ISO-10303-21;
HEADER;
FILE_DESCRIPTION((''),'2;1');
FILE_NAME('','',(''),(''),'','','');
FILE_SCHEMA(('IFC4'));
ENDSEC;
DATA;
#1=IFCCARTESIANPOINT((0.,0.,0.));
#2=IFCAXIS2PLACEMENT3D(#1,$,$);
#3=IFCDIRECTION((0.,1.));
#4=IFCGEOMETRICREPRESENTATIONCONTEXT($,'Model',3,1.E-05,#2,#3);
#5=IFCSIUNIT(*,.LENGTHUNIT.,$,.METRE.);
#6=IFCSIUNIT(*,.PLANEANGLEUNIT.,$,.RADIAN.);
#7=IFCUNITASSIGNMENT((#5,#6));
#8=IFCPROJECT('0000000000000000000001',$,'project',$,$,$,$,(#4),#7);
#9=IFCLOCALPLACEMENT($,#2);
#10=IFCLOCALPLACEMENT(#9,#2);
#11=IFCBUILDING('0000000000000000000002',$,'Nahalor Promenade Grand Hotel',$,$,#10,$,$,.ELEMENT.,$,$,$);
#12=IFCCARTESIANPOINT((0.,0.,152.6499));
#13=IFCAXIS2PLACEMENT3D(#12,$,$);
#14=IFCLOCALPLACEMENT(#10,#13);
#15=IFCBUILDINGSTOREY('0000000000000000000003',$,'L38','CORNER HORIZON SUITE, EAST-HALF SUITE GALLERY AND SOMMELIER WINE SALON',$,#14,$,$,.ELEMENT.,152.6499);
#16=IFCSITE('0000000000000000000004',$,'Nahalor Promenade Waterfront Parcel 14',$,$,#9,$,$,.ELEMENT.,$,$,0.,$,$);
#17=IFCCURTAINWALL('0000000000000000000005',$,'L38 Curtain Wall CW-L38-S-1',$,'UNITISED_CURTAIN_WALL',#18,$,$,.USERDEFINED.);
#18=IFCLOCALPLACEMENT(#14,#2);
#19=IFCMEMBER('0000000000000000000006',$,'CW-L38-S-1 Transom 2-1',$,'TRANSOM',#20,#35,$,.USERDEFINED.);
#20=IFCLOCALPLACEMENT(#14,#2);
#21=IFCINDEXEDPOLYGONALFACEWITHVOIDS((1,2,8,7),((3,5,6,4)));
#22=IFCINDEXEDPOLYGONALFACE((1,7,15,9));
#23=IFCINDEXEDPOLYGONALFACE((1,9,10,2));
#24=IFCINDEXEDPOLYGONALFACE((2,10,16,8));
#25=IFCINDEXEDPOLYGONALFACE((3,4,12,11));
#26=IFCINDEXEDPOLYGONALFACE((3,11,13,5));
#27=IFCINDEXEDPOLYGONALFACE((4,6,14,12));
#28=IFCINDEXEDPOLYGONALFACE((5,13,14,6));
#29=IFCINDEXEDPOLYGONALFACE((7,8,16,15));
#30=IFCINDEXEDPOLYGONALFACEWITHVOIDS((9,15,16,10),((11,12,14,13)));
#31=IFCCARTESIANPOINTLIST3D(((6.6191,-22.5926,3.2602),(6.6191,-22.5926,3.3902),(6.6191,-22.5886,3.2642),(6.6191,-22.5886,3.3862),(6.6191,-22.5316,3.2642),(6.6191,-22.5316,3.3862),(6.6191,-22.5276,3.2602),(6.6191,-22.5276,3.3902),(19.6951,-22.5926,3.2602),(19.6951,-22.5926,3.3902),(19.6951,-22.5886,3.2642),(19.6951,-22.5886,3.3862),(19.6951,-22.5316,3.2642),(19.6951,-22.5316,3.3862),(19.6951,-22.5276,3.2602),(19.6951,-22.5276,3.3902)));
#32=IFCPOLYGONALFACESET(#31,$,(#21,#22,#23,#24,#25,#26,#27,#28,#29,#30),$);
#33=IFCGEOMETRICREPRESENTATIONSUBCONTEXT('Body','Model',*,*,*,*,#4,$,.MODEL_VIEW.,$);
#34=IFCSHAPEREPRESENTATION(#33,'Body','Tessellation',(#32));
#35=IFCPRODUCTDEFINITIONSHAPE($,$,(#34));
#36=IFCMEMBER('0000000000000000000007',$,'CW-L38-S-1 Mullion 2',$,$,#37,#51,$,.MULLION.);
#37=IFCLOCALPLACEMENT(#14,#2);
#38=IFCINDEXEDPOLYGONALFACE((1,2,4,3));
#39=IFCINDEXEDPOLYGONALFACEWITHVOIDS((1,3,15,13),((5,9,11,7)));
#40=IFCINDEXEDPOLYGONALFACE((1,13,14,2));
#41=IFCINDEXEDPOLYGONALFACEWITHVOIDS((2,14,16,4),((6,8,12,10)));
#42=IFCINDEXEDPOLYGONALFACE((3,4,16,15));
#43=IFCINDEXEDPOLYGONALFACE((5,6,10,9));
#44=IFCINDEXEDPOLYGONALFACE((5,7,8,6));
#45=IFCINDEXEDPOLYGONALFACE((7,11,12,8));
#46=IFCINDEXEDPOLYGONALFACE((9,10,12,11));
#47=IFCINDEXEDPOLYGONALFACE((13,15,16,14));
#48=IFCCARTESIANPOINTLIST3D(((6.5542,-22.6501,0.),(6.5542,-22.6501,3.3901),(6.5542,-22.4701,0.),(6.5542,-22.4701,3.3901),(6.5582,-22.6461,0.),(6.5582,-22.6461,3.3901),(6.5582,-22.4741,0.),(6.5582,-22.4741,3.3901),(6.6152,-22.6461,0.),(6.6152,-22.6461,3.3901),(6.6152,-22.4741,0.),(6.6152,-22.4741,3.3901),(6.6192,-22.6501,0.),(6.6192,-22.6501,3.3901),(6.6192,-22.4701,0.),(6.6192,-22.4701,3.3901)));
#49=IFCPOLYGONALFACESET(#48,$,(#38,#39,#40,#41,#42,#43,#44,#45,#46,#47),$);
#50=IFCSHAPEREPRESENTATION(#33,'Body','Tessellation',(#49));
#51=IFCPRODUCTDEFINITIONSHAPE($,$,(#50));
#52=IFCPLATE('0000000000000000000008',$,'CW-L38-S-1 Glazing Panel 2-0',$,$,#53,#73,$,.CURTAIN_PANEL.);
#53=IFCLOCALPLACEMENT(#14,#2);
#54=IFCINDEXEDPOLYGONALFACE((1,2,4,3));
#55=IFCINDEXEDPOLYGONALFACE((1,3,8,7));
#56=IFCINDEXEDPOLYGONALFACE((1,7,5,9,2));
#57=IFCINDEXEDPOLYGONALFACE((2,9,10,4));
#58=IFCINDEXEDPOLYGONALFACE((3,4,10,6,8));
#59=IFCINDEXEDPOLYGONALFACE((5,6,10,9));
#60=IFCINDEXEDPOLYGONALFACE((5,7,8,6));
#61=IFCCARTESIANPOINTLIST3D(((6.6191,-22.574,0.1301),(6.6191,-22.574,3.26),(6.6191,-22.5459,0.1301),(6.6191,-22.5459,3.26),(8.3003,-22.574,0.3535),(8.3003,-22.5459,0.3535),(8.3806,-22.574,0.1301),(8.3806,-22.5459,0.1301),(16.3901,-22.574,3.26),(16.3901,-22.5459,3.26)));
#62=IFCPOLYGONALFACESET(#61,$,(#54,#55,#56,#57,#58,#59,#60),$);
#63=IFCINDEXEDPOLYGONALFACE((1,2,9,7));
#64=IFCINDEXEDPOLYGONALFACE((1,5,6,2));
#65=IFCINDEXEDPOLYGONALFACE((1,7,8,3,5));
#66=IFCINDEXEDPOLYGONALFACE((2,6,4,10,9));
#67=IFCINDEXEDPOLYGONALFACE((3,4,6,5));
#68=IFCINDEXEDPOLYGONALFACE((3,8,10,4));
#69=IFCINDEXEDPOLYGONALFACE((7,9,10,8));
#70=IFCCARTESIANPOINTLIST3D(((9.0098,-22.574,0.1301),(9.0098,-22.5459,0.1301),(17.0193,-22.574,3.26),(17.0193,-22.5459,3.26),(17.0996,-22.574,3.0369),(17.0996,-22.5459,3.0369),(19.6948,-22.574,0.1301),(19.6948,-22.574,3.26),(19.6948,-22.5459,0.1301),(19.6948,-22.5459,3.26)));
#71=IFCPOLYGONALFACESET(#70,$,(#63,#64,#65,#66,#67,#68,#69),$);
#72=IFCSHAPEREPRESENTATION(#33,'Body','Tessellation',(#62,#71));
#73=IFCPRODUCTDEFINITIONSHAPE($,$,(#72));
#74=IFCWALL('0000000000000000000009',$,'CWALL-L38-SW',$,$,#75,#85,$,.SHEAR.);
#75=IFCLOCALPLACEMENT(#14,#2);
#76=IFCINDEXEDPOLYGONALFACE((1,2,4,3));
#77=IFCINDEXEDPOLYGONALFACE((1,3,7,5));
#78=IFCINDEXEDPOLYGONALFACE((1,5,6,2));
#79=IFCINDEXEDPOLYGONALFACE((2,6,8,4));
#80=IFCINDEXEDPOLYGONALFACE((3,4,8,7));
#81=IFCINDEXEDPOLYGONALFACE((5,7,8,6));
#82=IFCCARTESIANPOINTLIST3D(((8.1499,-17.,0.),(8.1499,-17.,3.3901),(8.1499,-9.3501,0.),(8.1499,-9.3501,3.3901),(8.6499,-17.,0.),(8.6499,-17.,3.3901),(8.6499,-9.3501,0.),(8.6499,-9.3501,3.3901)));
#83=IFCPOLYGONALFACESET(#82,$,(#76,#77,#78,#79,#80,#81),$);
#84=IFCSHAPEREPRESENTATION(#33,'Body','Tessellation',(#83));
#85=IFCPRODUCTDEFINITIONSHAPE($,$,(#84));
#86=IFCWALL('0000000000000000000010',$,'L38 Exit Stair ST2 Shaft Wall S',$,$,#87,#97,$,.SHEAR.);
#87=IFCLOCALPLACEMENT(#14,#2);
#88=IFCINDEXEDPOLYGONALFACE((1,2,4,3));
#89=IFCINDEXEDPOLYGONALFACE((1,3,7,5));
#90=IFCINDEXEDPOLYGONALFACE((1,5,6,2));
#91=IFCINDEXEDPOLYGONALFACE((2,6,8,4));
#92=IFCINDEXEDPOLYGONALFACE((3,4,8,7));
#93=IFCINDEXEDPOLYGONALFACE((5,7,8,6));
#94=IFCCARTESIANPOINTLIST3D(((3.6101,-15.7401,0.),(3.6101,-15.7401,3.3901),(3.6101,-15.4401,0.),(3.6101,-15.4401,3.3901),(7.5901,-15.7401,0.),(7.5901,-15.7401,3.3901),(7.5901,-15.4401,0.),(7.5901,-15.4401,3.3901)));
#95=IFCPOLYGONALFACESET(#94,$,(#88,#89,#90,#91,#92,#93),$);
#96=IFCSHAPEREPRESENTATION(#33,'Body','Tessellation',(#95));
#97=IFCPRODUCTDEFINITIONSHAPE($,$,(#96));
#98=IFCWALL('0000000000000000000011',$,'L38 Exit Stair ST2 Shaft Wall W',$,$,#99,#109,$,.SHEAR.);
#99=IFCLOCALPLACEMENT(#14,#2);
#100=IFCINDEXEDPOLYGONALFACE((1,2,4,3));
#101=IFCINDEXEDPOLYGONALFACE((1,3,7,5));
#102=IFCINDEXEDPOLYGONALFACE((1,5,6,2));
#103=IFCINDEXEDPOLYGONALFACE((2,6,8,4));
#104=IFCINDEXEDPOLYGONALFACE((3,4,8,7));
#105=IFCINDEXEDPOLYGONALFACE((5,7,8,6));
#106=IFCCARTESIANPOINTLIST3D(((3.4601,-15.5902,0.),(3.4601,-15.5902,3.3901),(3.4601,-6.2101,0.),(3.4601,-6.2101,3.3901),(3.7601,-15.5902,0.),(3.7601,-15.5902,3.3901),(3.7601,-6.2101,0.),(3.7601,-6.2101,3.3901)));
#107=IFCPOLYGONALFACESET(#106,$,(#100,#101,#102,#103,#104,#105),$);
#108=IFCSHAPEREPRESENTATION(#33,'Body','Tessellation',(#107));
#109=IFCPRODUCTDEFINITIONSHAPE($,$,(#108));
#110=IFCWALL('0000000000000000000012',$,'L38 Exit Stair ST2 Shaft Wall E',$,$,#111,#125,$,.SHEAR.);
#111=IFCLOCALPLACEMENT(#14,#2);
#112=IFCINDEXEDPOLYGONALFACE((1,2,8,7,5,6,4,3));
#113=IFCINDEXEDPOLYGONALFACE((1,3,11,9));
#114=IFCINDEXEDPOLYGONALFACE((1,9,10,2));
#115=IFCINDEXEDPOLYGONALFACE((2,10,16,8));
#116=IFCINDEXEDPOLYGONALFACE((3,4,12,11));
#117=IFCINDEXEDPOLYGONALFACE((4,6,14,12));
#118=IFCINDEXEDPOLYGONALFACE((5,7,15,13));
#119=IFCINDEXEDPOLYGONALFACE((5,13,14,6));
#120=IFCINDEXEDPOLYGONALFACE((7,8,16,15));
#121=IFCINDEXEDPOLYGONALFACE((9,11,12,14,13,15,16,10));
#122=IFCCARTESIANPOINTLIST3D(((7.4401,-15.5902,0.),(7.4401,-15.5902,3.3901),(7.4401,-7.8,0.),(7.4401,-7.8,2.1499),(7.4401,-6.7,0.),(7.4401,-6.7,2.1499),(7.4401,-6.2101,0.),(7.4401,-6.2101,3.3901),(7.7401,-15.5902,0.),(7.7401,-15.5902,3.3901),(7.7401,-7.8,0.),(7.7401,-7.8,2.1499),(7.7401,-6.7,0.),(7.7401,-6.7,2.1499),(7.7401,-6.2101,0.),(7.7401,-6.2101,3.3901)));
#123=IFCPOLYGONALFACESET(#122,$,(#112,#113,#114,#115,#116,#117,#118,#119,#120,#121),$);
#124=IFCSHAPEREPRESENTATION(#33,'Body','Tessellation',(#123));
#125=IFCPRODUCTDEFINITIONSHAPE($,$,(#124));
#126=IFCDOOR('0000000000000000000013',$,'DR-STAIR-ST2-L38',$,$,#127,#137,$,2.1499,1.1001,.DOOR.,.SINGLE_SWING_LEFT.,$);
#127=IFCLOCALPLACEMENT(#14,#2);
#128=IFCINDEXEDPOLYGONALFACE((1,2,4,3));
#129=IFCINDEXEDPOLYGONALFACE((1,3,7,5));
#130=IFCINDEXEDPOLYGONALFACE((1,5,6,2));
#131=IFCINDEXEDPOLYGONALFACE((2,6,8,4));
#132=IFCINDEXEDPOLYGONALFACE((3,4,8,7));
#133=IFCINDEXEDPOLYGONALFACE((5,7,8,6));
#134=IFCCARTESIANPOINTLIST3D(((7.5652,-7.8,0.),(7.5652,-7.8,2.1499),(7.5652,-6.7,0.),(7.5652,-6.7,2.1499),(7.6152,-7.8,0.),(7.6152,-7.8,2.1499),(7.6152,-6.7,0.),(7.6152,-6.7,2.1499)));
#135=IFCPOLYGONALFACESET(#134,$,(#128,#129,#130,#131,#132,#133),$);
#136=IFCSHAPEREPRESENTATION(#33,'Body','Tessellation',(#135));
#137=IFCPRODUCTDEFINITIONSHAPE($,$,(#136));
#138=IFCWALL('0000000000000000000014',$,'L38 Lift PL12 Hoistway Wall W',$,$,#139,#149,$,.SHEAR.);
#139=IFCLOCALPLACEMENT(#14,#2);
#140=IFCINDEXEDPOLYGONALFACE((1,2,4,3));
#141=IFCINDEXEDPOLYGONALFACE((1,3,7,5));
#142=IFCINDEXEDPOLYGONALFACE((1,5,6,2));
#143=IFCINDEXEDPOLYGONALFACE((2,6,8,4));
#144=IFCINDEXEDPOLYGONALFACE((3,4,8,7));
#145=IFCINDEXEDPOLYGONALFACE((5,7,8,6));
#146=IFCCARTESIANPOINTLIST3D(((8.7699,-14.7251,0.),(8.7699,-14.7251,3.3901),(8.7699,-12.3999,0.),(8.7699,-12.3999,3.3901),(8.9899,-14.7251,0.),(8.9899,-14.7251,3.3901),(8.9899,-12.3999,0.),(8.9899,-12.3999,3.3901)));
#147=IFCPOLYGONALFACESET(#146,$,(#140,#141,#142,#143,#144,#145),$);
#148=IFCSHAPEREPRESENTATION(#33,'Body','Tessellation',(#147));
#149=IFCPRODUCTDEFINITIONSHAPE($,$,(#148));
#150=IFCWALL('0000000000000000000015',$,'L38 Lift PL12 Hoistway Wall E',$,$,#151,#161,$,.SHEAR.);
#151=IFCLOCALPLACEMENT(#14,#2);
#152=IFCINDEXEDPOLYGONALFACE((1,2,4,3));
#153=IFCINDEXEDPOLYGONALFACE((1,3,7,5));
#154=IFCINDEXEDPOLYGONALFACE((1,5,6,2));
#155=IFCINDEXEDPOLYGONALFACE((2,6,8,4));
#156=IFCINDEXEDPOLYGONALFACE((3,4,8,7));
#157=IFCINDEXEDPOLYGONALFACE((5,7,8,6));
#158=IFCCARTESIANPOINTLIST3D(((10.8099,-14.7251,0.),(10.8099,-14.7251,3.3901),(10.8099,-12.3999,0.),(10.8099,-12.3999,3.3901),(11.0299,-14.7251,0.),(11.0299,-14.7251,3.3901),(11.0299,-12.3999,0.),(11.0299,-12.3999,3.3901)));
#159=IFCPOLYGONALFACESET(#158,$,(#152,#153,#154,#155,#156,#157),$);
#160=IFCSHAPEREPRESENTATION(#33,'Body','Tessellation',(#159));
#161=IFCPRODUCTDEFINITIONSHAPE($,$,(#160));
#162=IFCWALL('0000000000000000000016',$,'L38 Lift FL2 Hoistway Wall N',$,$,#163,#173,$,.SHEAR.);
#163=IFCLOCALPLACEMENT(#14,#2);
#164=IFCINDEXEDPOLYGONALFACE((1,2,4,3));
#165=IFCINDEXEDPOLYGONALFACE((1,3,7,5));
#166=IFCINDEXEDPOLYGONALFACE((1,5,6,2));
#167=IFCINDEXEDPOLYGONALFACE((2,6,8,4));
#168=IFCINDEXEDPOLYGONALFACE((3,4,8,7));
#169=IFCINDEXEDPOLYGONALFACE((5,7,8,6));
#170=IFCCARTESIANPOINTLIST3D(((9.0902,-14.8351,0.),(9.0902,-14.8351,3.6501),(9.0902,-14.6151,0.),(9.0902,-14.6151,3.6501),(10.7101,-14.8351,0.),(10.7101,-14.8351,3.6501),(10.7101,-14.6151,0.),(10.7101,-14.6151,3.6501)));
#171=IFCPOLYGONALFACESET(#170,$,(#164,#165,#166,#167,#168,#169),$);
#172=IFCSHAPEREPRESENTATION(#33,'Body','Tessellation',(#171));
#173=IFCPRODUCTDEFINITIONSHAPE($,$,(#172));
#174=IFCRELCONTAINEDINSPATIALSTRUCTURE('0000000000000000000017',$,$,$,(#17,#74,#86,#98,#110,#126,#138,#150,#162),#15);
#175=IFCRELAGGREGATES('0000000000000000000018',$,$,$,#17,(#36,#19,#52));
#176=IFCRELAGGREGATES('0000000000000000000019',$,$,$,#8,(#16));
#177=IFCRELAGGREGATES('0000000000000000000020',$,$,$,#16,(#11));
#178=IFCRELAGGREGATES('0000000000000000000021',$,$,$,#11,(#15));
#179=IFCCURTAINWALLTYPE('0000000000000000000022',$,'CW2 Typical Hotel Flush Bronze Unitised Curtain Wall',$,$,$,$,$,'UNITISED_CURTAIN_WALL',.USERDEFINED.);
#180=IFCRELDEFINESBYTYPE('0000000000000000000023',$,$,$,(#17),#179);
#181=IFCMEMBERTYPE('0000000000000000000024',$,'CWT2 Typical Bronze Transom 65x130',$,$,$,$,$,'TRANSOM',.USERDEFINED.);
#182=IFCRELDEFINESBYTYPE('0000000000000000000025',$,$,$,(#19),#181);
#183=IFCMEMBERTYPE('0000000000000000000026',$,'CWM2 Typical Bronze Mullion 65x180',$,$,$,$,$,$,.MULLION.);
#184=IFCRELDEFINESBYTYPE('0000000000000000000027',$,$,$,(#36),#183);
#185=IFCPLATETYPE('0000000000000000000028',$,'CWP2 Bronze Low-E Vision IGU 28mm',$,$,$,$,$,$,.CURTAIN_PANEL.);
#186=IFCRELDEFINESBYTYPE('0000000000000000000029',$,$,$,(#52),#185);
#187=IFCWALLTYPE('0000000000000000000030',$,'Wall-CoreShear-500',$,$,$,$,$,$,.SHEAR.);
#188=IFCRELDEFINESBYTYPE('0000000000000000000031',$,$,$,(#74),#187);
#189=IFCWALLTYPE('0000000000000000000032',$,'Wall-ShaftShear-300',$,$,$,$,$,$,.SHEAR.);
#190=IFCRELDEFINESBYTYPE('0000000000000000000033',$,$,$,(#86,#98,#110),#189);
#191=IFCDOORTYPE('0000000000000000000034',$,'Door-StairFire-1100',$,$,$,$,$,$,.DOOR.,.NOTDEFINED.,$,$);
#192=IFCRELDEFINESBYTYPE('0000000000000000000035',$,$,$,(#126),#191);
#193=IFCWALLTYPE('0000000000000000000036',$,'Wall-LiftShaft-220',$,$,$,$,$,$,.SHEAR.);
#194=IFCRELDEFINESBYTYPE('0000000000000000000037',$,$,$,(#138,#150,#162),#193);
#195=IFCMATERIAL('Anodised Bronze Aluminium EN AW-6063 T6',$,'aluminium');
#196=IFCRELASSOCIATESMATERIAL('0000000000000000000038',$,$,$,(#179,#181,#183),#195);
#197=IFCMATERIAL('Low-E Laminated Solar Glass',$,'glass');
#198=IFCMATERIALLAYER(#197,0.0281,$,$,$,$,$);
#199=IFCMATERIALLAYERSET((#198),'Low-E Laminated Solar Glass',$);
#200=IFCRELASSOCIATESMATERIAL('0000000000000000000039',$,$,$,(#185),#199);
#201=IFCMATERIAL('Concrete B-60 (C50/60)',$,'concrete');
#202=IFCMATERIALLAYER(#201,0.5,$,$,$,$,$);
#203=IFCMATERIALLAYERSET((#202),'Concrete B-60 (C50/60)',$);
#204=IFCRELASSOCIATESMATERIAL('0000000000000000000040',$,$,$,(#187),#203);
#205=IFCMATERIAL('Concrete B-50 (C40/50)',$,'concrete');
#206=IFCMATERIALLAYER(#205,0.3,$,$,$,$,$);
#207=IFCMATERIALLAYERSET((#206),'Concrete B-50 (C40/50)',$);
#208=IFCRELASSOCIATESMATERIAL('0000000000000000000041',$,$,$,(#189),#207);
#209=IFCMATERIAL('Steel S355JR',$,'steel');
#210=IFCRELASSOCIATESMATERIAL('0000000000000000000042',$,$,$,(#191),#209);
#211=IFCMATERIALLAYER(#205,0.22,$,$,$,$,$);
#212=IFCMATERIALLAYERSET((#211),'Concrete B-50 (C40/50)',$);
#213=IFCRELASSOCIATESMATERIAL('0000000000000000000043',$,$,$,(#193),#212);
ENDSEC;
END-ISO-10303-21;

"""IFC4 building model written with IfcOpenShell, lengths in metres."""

from ifc_helpers import new_model, si_unit, direction, frame, frame_2d, origin, origin_2d, place, context, subcontext, project, spatial, polyline, rectangle, hollow_rectangle, outline, extrude, source, transform, mapped, material, layer, layer_set, material_profile, profile_set, type_object, element, fill, aggregate, save


model = new_model("IFC4")

# Units and contexts
model_context = context("Model", 3, precision=1e-05, world=origin(), true_north=direction((0.0, 1.0)))
body_context = subcontext(model_context, "Body", "Model", "MODEL_VIEW")
ifc_project = project(units=[si_unit("LENGTHUNIT", "METRE"), si_unit("PLANEANGLEUNIT", "RADIAN")], contexts=[model_context])

# Site, building, storey
site_placement = place(None, origin())
site = spatial("IfcSite", under=ifc_project, at=site_placement, Name="Nahalor Promenade Waterfront Parcel 14", CompositionType="ELEMENT", RefElevation=0.0)
building_placement = place(site_placement, origin())
building = spatial("IfcBuilding", under=site, at=building_placement, Name="Nahalor Promenade Grand Hotel", CompositionType="ELEMENT")
storey_placement = place(building_placement, frame((0.0, 0.0, 152.6499)))
storey = spatial("IfcBuildingStorey", under=building, at=storey_placement, Name="L38", Description="CORNER HORIZON SUITE, EAST-HALF SUITE GALLERY AND SOMMELIER WINE SALON", CompositionType="ELEMENT", Elevation=152.6499)

# Shared definitions
ifc_material_1 = material(Name="Concrete B-60 (C50/60)", Category="concrete")

# Shared definitions
ifc_material_2 = material(Name="Steel S355JR", Category="steel")

# Curtain wall, members, plate
ifc_material_3 = material(Name="Anodised Bronze Aluminium EN AW-6063 T6", Category="aluminium")
curtain_wall_type = type_object("IfcCurtainWallType", Name="CW2 Typical Hotel Flush Bronze Unitised Curtain Wall", ElementType="UNITISED_CURTAIN_WALL", PredefinedType="USERDEFINED", material=ifc_material_3)
curtain_wall_placement = place(storey_placement, origin())
curtain_wall = element("IfcCurtainWall", 1, at=curtain_wall_placement, inside=storey, type_object=curtain_wall_type, Name="L38 Curtain Wall CW-L38-S-1", ObjectType="UNITISED_CURTAIN_WALL", PredefinedType="USERDEFINED")
ifc_material_profile_1 = material_profile(ifc_material_3, hollow_rectangle(XDim=0.065, YDim=0.13, WallThickness=0.004, at=origin_2d()), Name="CWT 65x130x4")
ifc_profile_set_1 = profile_set([ifc_material_profile_1], Name="Anodised Bronze Aluminium EN AW-6063 T6")
member_type_1 = type_object("IfcMemberType", Name="CWT2 Typical Bronze Transom 65x130", ElementType="TRANSOM", PredefinedType="USERDEFINED", material=ifc_profile_set_1)
shared_shape_1 = source(origin(), body_context, "Body", "SweptSolid", [
    extrude(hollow_rectangle(XDim=0.065, YDim=0.13, WallThickness=0.004, at=origin_2d()), origin(), (0.0, 0.0, 1.0), 13.0759),
])
member_1_placement = place(storey_placement, frame((6.6191, -22.5601, 3.3252), z_axis=(1.0, 0.0, 0.0), x_axis=(0.0, 1.0, 0.0)))
member_1 = element("IfcMember", 2, at=member_1_placement, type_object=member_type_1, Name="CW-L38-S-1 Transom 2-1", ObjectType="TRANSOM", PredefinedType="USERDEFINED", context=body_context, shape_type="MappedRepresentation", body=[
    mapped(shared_shape_1, transform((0.0, 0.0, 0.0), scale=1.0)),
])
ifc_material_profile_2 = material_profile(ifc_material_3, hollow_rectangle(XDim=0.065, YDim=0.18, WallThickness=0.004, at=origin_2d()), Name="CWM 65x180x4")
ifc_profile_set_2 = profile_set([ifc_material_profile_2], Name="Anodised Bronze Aluminium EN AW-6063 T6")
member_type_2 = type_object("IfcMemberType", Name="CWM2 Typical Bronze Mullion 65x180", PredefinedType="MULLION", material=ifc_profile_set_2)
shared_shape_2 = source(origin(), body_context, "Body", "SweptSolid", [
    extrude(hollow_rectangle(XDim=0.065, YDim=0.18, WallThickness=0.004, at=origin_2d()), origin(), (0.0, 0.0, 1.0), 3.3901),
])
member_2_placement = place(storey_placement, frame((6.5867, -22.5601, 0.0), z_axis=(0.0, 0.0, 1.0), x_axis=(1.0, 0.0, 0.0)))
member_2 = element("IfcMember", 3, at=member_2_placement, type_object=member_type_2, Name="CW-L38-S-1 Mullion 2", PredefinedType="MULLION", context=body_context, shape_type="MappedRepresentation", body=[
    mapped(shared_shape_2, transform((0.0, 0.0, 0.0), scale=1.0)),
])
ifc_material_4 = material(Name="Low-E Laminated Solar Glass", Category="glass")
ifc_layer_1 = layer(ifc_material_4, 0.0281)
ifc_layer_set_1 = layer_set([ifc_layer_1], Name="Low-E Laminated Solar Glass")
plate_type = type_object("IfcPlateType", Name="CWP2 Bronze Low-E Vision IGU 28mm", PredefinedType="CURTAIN_PANEL", material=ifc_layer_set_1)
plate_placement = place(storey_placement, frame((13.157, -22.5601, 0.1301), z_axis=(0.0, 0.0, 1.0), x_axis=(1.0, 0.0, 0.0)))
plate = element("IfcPlate", 4, at=plate_placement, type_object=plate_type, Name="CW-L38-S-1 Glazing Panel 2-0", PredefinedType="CURTAIN_PANEL", context=body_context, shape_type="SweptSolid", body=[
    extrude(outline(polyline([(-6.5378, 3.1299), (-6.5378, 0.0), (-4.7764, 0.0), (-4.8567, 0.2234), (3.2332, 3.1299), (-6.5378, 3.1299)])), frame((0.0, 0.0142, 0.0), z_axis=(0.0, -1.0, 0.0), x_axis=(1.0, 0.0, 0.0)), (0.0, 0.0, 1.0), 0.0281),
    extrude(outline(polyline([(6.5378, 0.0), (6.5378, 3.1299), (3.8623, 3.1299), (3.9426, 2.9067), (-4.1472, 0.0), (6.5378, 0.0)])), frame((0.0, 0.0142, 0.0), z_axis=(0.0, -1.0, 0.0), x_axis=(1.0, 0.0, 0.0)), (0.0, 0.0, 1.0), 0.0281),
])
aggregate(curtain_wall, [member_2, member_1, plate])

# Walls
ifc_layer_2 = layer(ifc_material_1, 0.5)
ifc_layer_set_2 = layer_set([ifc_layer_2], Name="Concrete B-60 (C50/60)")
wall_type_1 = type_object("IfcWallType", Name="Wall-CoreShear-500", PredefinedType="SHEAR", material=ifc_layer_set_2)
shared_shape_3 = source(origin(), body_context, "Body", "SweptSolid", [
    extrude(rectangle(XDim=7.6499, YDim=0.5, at=frame_2d((3.825, 0.0))), origin(), (0.0, 0.0, 1.0), 3.3901),
])
wall_1_placement = place(storey_placement, frame((8.3999, -17.0, 0.0), z_axis=(0.0, 0.0, 1.0), x_axis=(0.0, 1.0, 0.0)))
element("IfcWall", 5, at=wall_1_placement, inside=storey, type_object=wall_type_1, Name="CWALL-L38-SW", PredefinedType="SHEAR", context=body_context, shape_type="MappedRepresentation", body=[
    mapped(shared_shape_3, transform((0.0, 0.0, 0.0), scale=1.0)),
])
ifc_material_5 = material(Name="Concrete B-50 (C40/50)", Category="concrete")
ifc_layer_3 = layer(ifc_material_5, 0.3)
ifc_layer_set_3 = layer_set([ifc_layer_3], Name="Concrete B-50 (C40/50)")
wall_type_2 = type_object("IfcWallType", Name="Wall-ShaftShear-300", PredefinedType="SHEAR", material=ifc_layer_set_3)
shared_shape_4 = source(origin(), body_context, "Body", "SweptSolid", [
    extrude(rectangle(XDim=3.98, YDim=0.3, at=frame_2d((1.99, 0.0))), origin(), (0.0, 0.0, 1.0), 3.3901),
])
wall_2_placement = place(storey_placement, frame((3.6101, -15.5901, 0.0), z_axis=(0.0, 0.0, 1.0), x_axis=(1.0, 0.0, 0.0)))
element("IfcWall", 6, at=wall_2_placement, inside=storey, type_object=wall_type_2, Name="L38 Exit Stair ST2 Shaft Wall S", PredefinedType="SHEAR", context=body_context, shape_type="MappedRepresentation", body=[
    mapped(shared_shape_4, transform((0.0, 0.0, 0.0), scale=1.0)),
])
shared_shape_5 = source(origin(), body_context, "Body", "SweptSolid", [
    extrude(rectangle(XDim=9.3801, YDim=0.3, at=frame_2d((4.6899, 0.0))), origin(), (0.0, 0.0, 1.0), 3.3901),
])
wall_3_placement = place(storey_placement, frame((3.6101, -15.5901, 0.0), z_axis=(0.0, 0.0, 1.0), x_axis=(0.0, 1.0, 0.0)))
element("IfcWall", 7, at=wall_3_placement, inside=storey, type_object=wall_type_2, Name="L38 Exit Stair ST2 Shaft Wall W", PredefinedType="SHEAR", context=body_context, shape_type="MappedRepresentation", body=[
    mapped(shared_shape_5, transform((0.0, 0.0, 0.0), scale=1.0)),
])

# Wall, opening, door
wall_4_placement = place(storey_placement, frame((7.5901, -15.5901, 0.0), z_axis=(0.0, 0.0, 1.0), x_axis=(0.0, 1.0, 0.0)))
wall_4 = element("IfcWall", 8, at=wall_4_placement, inside=storey, type_object=wall_type_2, Name="L38 Exit Stair ST2 Shaft Wall E", PredefinedType="SHEAR", context=body_context, shape_type="MappedRepresentation", body=[
    mapped(shared_shape_5, transform((0.0, 0.0, 0.0), scale=1.0)),
])
opening_1_placement = place(wall_4_placement, frame((7.79, 0.0, 0.0)))
opening_1 = element("IfcOpeningElement", 9, at=opening_1_placement, cuts=wall_4, PredefinedType="OPENING", context=body_context, shape_type="SweptSolid", body=[
    extrude(rectangle(XDim=1.1001, YDim=2.1499, at=frame_2d((0.55, 1.075))), frame((0.0, 0.1599, 0.0), z_axis=(0.0, -1.0, 0.0), x_axis=(1.0, 0.0, 0.0)), (0.0, 0.0, 1.0), 0.3201),
])
door_type_1 = type_object("IfcDoorType", Name="Door-StairFire-1100", OperationType="NOTDEFINED", PredefinedType="DOOR", material=ifc_material_2)
shared_shape_6 = source(origin(), body_context, "Body", "SweptSolid", [
    extrude(rectangle(XDim=1.1001, YDim=2.1499, at=frame_2d((0.55, 1.075))), frame((0.0, 0.0249, 0.0), z_axis=(0.0, -1.0, 0.0), x_axis=(1.0, 0.0, 0.0)), (0.0, 0.0, 1.0), 0.05),
])
door_1_placement = place(opening_1_placement, origin())
door_1 = element("IfcDoor", 10, at=door_1_placement, inside=storey, type_object=door_type_1, Name="DR-STAIR-ST2-L38", OperationType="SINGLE_SWING_LEFT", OverallHeight=2.1499, OverallWidth=1.1001, PredefinedType="DOOR", context=body_context, shape_type="MappedRepresentation", body=[
    mapped(shared_shape_6, transform((0.0, 0.0, 0.0), scale=1.0)),
])
fill(opening_1, door_1)

# Walls
ifc_layer_4 = layer(ifc_material_5, 0.22)
ifc_layer_set_4 = layer_set([ifc_layer_4], Name="Concrete B-50 (C40/50)")
wall_type_3 = type_object("IfcWallType", Name="Wall-LiftShaft-220", PredefinedType="SHEAR", material=ifc_layer_set_4)
shared_shape_7 = source(origin(), body_context, "Body", "SweptSolid", [
    extrude(rectangle(XDim=2.3252, YDim=0.22, at=frame_2d((1.1626, 0.0))), origin(), (0.0, 0.0, 1.0), 3.3901),
])
for number, where, z_axis, x_axis, name in (
    (11, (8.8799, -14.7251, 0.0), (0.0, 0.0, 1.0), (0.0, 1.0, 0.0), "L38 Lift PL12 Hoistway Wall W"),
    (12, (10.9199, -14.7251, 0.0), (0.0, 0.0, 1.0), (0.0, 1.0, 0.0), "L38 Lift PL12 Hoistway Wall E"),
):
    element("IfcWall", number, at=place(storey_placement, frame(where, z_axis=z_axis, x_axis=x_axis)), inside=storey, type_object=wall_type_3, Name=name, PredefinedType="SHEAR", context=body_context, shape_type="MappedRepresentation", body=[
        mapped(shared_shape_7, transform((0.0, 0.0, 0.0), scale=1.0)),
    ])
shared_shape_8 = source(origin(), body_context, "Body", "SweptSolid", [
    extrude(rectangle(XDim=1.6199, YDim=0.22, at=frame_2d((0.8101, 0.0))), origin(), (0.0, 0.0, 1.0), 3.6501),
])
wall_5_placement = place(storey_placement, frame((9.0901, -14.7251, 0.0), z_axis=(0.0, 0.0, 1.0), x_axis=(1.0, 0.0, 0.0)))
element("IfcWall", 13, at=wall_5_placement, inside=storey, type_object=wall_type_3, Name="L38 Lift FL2 Hoistway Wall N", PredefinedType="SHEAR", context=body_context, shape_type="MappedRepresentation", body=[
    mapped(shared_shape_8, transform((0.0, 0.0, 0.0), scale=1.0)),
])

save(model, "model.ifc")
